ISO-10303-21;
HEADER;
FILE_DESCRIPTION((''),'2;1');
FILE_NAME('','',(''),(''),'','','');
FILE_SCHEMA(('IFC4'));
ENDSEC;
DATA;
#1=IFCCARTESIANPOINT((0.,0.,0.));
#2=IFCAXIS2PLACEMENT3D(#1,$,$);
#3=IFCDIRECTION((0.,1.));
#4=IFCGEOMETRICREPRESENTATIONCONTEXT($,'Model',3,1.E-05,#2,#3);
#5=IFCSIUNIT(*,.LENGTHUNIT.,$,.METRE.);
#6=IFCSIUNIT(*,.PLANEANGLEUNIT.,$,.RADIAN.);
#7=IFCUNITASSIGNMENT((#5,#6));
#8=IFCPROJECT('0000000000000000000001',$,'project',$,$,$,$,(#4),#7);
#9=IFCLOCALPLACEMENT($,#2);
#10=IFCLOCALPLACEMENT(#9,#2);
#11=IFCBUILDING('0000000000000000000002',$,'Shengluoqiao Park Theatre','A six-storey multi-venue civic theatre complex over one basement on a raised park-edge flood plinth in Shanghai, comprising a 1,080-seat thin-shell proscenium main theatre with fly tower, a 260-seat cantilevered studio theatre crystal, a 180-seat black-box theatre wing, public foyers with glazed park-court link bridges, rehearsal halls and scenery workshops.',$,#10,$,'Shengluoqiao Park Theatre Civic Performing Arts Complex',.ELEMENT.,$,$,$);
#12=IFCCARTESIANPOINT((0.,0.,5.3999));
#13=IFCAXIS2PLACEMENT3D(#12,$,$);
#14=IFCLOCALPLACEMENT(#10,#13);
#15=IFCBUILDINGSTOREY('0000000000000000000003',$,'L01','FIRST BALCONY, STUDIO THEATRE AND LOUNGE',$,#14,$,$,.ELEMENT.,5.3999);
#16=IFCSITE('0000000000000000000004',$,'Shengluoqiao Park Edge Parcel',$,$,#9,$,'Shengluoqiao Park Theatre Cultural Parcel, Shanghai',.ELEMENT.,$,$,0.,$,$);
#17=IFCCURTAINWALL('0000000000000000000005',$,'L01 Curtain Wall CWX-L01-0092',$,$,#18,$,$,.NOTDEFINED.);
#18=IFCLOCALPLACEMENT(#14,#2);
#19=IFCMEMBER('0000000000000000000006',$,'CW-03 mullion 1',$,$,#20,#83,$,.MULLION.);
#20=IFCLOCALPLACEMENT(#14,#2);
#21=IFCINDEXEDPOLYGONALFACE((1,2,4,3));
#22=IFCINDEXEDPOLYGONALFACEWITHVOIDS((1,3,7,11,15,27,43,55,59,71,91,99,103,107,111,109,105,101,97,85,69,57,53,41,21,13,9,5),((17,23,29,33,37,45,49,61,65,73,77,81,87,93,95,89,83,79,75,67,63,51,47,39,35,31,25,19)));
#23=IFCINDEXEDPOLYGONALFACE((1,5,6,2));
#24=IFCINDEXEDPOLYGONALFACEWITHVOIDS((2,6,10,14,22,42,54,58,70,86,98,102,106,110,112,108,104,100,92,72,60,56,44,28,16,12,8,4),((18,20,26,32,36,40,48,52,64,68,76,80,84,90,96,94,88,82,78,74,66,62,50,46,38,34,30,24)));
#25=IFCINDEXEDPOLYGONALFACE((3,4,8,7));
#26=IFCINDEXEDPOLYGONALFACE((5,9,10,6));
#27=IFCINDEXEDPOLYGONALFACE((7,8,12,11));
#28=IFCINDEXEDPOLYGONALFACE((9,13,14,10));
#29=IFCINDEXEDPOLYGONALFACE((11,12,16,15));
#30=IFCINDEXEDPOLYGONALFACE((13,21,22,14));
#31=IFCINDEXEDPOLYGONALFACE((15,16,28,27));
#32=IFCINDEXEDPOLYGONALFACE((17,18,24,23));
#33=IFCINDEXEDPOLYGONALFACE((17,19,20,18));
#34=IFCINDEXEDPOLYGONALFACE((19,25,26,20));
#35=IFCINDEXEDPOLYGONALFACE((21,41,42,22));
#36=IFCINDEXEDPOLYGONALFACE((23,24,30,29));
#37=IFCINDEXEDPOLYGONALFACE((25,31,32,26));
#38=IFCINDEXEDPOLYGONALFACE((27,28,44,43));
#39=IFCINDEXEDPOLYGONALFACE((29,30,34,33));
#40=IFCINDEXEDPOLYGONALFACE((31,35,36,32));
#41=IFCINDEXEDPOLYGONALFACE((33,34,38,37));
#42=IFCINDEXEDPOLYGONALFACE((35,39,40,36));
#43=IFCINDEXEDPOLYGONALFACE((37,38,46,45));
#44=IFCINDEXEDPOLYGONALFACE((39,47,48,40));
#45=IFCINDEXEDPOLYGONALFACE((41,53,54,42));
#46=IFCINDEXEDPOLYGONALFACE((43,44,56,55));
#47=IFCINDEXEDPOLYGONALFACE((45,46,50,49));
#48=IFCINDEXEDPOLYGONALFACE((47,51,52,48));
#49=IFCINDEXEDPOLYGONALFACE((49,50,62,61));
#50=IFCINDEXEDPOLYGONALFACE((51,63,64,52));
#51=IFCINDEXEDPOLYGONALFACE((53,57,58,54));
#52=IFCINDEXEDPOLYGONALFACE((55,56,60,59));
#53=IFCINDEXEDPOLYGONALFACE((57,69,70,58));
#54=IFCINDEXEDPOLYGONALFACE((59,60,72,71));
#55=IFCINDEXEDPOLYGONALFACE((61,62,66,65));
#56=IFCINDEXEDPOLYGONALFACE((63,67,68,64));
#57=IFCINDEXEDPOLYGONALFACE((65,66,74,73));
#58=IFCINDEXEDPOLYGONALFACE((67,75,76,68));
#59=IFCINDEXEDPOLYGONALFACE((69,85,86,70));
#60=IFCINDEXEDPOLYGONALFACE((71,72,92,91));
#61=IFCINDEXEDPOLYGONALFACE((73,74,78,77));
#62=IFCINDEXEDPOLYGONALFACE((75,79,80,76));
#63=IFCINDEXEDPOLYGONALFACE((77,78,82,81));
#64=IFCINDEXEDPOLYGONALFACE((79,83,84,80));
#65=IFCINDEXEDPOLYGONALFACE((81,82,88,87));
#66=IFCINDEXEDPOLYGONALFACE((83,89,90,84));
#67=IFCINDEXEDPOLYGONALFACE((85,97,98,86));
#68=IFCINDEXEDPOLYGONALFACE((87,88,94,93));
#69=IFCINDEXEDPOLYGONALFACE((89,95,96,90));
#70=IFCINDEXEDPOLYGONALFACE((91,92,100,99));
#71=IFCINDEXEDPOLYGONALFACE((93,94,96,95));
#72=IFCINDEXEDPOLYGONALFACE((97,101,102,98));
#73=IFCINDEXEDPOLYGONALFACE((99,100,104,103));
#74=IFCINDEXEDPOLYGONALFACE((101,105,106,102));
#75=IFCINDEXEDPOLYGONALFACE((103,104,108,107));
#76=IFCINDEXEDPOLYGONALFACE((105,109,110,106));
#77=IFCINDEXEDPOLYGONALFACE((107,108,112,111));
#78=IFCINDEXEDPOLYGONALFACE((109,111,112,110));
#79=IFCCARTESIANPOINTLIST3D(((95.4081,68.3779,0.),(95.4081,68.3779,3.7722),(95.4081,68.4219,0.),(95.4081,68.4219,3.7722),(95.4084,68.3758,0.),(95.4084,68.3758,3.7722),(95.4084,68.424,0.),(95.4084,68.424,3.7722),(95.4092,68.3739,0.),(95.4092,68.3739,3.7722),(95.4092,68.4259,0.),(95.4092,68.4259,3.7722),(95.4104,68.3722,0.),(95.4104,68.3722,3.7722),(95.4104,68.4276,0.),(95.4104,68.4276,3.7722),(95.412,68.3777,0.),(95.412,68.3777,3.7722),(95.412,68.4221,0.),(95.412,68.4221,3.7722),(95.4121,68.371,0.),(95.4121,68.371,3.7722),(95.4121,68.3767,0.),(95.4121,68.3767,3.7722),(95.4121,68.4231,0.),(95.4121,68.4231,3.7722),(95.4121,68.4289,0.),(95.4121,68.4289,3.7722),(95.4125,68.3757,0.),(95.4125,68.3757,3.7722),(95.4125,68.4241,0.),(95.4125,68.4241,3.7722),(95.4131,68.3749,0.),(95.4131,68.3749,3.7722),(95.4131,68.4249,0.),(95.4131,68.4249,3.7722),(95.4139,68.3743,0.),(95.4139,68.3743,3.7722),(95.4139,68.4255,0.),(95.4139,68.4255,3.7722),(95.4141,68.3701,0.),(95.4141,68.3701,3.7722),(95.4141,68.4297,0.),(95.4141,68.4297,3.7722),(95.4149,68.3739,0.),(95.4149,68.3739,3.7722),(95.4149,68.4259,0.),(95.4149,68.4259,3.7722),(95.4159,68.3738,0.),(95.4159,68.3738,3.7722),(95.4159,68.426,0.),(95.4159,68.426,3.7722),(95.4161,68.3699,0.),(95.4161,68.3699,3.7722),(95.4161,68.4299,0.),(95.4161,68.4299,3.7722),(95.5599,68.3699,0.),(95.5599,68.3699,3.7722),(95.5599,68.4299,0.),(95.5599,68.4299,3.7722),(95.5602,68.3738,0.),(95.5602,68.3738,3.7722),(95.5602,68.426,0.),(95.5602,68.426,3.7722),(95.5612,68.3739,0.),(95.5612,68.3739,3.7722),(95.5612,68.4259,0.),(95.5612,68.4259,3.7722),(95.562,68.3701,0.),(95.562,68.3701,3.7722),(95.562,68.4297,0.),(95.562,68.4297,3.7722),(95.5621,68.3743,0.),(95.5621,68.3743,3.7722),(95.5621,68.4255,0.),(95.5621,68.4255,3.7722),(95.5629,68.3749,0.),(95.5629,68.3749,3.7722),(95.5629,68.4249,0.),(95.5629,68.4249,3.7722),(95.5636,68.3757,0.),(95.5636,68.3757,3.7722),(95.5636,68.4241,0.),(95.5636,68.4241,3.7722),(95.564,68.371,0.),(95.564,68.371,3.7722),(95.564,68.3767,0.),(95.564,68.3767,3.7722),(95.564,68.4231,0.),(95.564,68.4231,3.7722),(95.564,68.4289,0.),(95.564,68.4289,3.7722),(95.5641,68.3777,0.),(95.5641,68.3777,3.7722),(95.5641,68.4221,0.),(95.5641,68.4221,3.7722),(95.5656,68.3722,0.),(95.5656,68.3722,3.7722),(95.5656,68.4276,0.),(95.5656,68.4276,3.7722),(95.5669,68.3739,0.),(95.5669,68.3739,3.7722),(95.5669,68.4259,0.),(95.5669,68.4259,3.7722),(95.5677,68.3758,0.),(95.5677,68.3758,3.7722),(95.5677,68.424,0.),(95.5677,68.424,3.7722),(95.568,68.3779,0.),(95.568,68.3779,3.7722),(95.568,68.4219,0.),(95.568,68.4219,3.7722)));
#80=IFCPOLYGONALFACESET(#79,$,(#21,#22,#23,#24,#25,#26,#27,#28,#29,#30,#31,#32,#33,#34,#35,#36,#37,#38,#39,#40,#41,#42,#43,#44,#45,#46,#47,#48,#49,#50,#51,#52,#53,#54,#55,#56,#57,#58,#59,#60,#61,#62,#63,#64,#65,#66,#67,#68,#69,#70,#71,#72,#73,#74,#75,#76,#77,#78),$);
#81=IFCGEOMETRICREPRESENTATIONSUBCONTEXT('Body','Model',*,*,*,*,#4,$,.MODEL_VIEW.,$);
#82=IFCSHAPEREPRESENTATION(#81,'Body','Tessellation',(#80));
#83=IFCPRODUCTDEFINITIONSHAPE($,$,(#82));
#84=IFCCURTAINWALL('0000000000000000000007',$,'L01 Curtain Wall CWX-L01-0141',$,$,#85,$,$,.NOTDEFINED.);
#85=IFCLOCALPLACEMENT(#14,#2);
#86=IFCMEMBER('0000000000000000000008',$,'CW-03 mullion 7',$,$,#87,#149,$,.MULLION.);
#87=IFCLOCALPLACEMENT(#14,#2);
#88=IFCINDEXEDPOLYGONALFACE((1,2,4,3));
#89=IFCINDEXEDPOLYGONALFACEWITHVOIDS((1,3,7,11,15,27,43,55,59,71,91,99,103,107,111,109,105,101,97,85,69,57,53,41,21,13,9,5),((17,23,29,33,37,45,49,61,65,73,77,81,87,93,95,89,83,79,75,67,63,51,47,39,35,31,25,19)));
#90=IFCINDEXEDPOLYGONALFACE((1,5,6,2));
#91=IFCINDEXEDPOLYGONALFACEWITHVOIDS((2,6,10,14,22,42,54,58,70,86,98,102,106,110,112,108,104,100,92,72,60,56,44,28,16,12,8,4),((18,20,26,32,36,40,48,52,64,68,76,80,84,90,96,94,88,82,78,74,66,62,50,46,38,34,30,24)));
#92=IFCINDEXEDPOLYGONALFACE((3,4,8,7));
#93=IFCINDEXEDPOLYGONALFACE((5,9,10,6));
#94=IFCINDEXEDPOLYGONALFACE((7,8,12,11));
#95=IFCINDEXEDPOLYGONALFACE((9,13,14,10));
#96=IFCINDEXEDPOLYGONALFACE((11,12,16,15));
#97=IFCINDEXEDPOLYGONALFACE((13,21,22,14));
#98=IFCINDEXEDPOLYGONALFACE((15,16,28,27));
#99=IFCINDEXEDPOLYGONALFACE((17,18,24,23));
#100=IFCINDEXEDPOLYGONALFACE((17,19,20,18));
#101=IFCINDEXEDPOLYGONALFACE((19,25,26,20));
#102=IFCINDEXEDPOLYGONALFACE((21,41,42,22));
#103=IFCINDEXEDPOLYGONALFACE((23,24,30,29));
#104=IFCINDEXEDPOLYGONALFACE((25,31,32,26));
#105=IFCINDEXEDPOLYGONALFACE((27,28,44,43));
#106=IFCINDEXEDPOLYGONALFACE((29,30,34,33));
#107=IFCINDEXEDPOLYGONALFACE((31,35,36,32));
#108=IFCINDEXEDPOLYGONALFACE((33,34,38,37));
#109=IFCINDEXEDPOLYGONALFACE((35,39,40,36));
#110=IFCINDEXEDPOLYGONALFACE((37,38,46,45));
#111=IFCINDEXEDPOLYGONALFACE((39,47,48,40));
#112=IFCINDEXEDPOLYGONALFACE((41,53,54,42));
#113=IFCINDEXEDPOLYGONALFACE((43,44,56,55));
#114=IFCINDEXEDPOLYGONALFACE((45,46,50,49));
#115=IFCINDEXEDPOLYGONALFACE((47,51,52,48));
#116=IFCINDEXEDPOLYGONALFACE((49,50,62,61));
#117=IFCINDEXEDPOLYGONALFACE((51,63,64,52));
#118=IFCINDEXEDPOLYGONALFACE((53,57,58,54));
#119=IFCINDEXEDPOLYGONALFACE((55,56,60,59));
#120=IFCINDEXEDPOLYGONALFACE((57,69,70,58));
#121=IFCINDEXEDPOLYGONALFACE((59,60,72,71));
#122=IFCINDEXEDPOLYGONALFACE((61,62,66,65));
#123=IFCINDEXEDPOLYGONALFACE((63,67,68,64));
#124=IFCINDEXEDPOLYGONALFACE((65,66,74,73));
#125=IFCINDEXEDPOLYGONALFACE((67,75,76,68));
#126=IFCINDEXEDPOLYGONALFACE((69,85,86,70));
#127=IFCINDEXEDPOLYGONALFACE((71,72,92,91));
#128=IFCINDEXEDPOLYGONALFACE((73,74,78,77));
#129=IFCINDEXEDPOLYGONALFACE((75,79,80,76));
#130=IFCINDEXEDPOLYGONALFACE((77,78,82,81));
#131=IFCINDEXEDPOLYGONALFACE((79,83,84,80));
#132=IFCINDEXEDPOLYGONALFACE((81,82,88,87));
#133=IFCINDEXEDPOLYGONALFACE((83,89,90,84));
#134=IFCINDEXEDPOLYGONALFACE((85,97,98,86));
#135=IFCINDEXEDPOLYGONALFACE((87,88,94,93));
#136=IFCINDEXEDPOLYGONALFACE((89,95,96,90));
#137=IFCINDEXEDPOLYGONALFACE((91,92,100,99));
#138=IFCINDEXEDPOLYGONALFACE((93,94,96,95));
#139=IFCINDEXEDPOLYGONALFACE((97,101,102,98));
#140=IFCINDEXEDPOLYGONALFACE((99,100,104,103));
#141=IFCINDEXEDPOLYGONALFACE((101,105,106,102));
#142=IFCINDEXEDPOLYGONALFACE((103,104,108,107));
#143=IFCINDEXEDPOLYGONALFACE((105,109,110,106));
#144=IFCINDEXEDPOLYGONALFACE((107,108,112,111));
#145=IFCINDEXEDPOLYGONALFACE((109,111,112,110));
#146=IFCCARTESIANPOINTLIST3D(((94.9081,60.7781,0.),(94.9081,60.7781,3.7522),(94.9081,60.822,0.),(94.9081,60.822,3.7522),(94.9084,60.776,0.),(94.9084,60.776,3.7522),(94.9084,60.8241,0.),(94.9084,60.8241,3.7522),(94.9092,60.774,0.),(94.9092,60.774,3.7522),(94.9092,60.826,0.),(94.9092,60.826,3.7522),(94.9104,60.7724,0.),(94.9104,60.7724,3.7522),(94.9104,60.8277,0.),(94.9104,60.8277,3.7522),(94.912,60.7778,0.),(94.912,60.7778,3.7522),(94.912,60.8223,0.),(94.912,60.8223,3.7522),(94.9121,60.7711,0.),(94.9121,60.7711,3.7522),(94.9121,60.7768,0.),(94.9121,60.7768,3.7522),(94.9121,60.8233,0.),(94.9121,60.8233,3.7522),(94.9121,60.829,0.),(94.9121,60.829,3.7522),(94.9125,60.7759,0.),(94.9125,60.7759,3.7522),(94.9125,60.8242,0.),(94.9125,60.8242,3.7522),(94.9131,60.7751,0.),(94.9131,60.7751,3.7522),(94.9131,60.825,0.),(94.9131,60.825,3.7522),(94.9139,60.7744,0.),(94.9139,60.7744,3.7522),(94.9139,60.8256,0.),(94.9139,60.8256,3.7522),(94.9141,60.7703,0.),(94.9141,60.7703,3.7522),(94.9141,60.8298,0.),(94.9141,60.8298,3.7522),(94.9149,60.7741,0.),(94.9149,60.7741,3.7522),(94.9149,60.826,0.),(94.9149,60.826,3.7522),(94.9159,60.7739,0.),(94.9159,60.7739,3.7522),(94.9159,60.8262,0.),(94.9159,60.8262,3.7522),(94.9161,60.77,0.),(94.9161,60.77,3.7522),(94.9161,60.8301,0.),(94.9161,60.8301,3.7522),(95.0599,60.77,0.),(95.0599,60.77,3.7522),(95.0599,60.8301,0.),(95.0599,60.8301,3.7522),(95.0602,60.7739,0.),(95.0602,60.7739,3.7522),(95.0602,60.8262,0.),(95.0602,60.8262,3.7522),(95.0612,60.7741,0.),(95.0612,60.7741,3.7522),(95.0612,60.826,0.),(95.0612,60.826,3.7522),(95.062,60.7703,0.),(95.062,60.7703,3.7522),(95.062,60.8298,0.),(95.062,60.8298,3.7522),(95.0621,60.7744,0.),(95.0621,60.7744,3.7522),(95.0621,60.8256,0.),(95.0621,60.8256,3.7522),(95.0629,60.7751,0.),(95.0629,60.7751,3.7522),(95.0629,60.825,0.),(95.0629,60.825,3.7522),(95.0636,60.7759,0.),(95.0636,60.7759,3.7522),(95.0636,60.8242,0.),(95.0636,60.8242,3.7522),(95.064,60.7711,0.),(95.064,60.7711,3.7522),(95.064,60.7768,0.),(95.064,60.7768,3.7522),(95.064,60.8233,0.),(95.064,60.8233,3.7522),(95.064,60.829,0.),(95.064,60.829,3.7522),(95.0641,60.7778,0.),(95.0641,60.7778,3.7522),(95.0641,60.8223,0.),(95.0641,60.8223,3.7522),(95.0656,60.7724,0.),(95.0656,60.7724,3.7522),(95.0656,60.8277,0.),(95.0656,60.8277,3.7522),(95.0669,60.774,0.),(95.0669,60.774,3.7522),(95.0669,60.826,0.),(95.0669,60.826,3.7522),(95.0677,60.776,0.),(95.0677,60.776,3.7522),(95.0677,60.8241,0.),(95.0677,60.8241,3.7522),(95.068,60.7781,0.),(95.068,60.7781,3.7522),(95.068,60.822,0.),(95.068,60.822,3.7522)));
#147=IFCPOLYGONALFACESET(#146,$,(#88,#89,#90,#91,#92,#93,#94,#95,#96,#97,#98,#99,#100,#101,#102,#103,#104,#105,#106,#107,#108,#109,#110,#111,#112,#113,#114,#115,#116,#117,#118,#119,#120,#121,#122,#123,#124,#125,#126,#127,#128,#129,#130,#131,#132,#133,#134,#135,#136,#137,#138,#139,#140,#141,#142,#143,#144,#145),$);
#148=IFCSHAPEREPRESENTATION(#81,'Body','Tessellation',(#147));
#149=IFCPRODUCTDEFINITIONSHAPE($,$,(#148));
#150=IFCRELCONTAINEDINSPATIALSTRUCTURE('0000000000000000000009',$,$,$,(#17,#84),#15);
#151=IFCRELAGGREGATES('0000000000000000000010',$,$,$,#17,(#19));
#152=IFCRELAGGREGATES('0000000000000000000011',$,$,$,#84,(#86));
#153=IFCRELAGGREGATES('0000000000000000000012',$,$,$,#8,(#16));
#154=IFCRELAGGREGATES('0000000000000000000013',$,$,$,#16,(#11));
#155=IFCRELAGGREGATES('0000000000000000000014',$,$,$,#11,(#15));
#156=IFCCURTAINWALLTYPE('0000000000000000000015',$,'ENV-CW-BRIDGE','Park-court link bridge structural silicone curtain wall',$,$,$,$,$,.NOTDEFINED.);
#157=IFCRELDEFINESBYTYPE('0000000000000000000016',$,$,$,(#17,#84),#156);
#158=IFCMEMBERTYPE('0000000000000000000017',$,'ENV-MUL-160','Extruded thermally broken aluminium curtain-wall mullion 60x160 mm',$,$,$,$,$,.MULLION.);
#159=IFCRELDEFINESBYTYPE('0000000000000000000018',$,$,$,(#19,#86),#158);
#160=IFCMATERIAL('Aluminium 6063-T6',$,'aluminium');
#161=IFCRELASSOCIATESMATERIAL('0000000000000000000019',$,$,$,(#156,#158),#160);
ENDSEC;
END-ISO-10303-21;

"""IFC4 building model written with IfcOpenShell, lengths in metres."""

from ifc_helpers import new_model, si_unit, direction, frame, origin, origin_2d, place, context, subcontext, project, spatial, hollow_rectangle, extrude, material, material_profile, profile_set, type_object, element, aggregate, save


model = new_model("IFC4")

# Units and contexts
model_context = context("Model", 3, precision=1e-05, world=origin(), true_north=direction((0.0, 1.0)))
body_context = subcontext(model_context, "Body", "Model", "MODEL_VIEW")
ifc_project = project(units=[si_unit("LENGTHUNIT", "METRE"), si_unit("PLANEANGLEUNIT", "RADIAN")], contexts=[model_context])

# Site, building, storey
site_placement = place(None, origin())
site = spatial("IfcSite", under=ifc_project, at=site_placement, Name="Shengluoqiao Park Edge Parcel", LongName="Shengluoqiao Park Theatre Cultural Parcel, Shanghai", CompositionType="ELEMENT", RefElevation=0.0)
building_placement = place(site_placement, origin())
building = spatial("IfcBuilding", under=site, at=building_placement, Name="Shengluoqiao Park Theatre", Description="A six-storey multi-venue civic theatre complex over one basement on a raised park-edge flood plinth in Shanghai, comprising a 1,080-seat thin-shell proscenium main theatre with fly tower, a 260-seat cantilevered studio theatre crystal, a 180-seat black-box theatre wing, public foyers with glazed park-court link bridges, rehearsal halls and scenery workshops.", LongName="Shengluoqiao Park Theatre Civic Performing Arts Complex", CompositionType="ELEMENT")
storey_placement = place(building_placement, frame((0.0, 0.0, 5.3999)))
storey = spatial("IfcBuildingStorey", under=building, at=storey_placement, Name="L01", Description="FIRST BALCONY, STUDIO THEATRE AND LOUNGE", CompositionType="ELEMENT", Elevation=5.3999)

# Shared definitions
ifc_material_1 = material(Name="Aluminium 6063-T6", Category="aluminium")
curtain_wall_type = type_object("IfcCurtainWallType", Name="ENV-CW-BRIDGE", Description="Park-court link bridge structural silicone curtain wall", PredefinedType="NOTDEFINED", material=ifc_material_1)
ifc_material_profile_1 = material_profile(ifc_material_1, hollow_rectangle(XDim=0.0601, YDim=0.1599, WallThickness=0.0039, InnerFilletRadius=0.0039, OuterFilletRadius=0.0081, at=origin_2d()), Name="ALU MULLION 160x60x4")
ifc_profile_set_1 = profile_set([ifc_material_profile_1], Name="Aluminium 6063-T6")
member_type_1 = type_object("IfcMemberType", Name="ENV-MUL-160", Description="Extruded thermally broken aluminium curtain-wall mullion 60x160 mm", PredefinedType="MULLION", material=ifc_profile_set_1)

# Curtain walls, members
curtain_wall_1_placement = place(storey_placement, origin())
curtain_wall_1 = element("IfcCurtainWall", 1, at=curtain_wall_1_placement, inside=storey, type_object=curtain_wall_type, Name="L01 Curtain Wall CWX-L01-0092", PredefinedType="NOTDEFINED")
member_1_placement = place(storey_placement, frame((95.488, 68.3999, 0.0), z_axis=(0.0, 0.0, 1.0), x_axis=(0.0, 1.0, 0.0)))
member_1 = element("IfcMember", 2, at=member_1_placement, type_object=member_type_1, Name="CW-03 mullion 1", PredefinedType="MULLION", context=body_context, shape_type="SweptSolid", body=[
    extrude(hollow_rectangle(XDim=0.0601, YDim=0.1599, WallThickness=0.0039, InnerFilletRadius=0.0039, OuterFilletRadius=0.0081, at=origin_2d()), origin(), (0.0, 0.0, 1.0), 3.7722),
])
curtain_wall_2_placement = place(storey_placement, origin())
curtain_wall_2 = element("IfcCurtainWall", 3, at=curtain_wall_2_placement, inside=storey, type_object=curtain_wall_type, Name="L01 Curtain Wall CWX-L01-0141", PredefinedType="NOTDEFINED")
member_2_placement = place(storey_placement, frame((94.988, 60.8, 0.0), z_axis=(0.0, 0.0, 1.0), x_axis=(0.0, 1.0, 0.0)))
member_2 = element("IfcMember", 4, at=member_2_placement, type_object=member_type_1, Name="CW-03 mullion 7", PredefinedType="MULLION", context=body_context, shape_type="SweptSolid", body=[
    extrude(hollow_rectangle(XDim=0.0601, YDim=0.1599, WallThickness=0.0039, InnerFilletRadius=0.0039, OuterFilletRadius=0.0081, at=origin_2d()), origin(), (0.0, 0.0, 1.0), 3.7522),
])

aggregate(curtain_wall_1, [member_1])

aggregate(curtain_wall_2, [member_2])

save(model, "model.ifc")
